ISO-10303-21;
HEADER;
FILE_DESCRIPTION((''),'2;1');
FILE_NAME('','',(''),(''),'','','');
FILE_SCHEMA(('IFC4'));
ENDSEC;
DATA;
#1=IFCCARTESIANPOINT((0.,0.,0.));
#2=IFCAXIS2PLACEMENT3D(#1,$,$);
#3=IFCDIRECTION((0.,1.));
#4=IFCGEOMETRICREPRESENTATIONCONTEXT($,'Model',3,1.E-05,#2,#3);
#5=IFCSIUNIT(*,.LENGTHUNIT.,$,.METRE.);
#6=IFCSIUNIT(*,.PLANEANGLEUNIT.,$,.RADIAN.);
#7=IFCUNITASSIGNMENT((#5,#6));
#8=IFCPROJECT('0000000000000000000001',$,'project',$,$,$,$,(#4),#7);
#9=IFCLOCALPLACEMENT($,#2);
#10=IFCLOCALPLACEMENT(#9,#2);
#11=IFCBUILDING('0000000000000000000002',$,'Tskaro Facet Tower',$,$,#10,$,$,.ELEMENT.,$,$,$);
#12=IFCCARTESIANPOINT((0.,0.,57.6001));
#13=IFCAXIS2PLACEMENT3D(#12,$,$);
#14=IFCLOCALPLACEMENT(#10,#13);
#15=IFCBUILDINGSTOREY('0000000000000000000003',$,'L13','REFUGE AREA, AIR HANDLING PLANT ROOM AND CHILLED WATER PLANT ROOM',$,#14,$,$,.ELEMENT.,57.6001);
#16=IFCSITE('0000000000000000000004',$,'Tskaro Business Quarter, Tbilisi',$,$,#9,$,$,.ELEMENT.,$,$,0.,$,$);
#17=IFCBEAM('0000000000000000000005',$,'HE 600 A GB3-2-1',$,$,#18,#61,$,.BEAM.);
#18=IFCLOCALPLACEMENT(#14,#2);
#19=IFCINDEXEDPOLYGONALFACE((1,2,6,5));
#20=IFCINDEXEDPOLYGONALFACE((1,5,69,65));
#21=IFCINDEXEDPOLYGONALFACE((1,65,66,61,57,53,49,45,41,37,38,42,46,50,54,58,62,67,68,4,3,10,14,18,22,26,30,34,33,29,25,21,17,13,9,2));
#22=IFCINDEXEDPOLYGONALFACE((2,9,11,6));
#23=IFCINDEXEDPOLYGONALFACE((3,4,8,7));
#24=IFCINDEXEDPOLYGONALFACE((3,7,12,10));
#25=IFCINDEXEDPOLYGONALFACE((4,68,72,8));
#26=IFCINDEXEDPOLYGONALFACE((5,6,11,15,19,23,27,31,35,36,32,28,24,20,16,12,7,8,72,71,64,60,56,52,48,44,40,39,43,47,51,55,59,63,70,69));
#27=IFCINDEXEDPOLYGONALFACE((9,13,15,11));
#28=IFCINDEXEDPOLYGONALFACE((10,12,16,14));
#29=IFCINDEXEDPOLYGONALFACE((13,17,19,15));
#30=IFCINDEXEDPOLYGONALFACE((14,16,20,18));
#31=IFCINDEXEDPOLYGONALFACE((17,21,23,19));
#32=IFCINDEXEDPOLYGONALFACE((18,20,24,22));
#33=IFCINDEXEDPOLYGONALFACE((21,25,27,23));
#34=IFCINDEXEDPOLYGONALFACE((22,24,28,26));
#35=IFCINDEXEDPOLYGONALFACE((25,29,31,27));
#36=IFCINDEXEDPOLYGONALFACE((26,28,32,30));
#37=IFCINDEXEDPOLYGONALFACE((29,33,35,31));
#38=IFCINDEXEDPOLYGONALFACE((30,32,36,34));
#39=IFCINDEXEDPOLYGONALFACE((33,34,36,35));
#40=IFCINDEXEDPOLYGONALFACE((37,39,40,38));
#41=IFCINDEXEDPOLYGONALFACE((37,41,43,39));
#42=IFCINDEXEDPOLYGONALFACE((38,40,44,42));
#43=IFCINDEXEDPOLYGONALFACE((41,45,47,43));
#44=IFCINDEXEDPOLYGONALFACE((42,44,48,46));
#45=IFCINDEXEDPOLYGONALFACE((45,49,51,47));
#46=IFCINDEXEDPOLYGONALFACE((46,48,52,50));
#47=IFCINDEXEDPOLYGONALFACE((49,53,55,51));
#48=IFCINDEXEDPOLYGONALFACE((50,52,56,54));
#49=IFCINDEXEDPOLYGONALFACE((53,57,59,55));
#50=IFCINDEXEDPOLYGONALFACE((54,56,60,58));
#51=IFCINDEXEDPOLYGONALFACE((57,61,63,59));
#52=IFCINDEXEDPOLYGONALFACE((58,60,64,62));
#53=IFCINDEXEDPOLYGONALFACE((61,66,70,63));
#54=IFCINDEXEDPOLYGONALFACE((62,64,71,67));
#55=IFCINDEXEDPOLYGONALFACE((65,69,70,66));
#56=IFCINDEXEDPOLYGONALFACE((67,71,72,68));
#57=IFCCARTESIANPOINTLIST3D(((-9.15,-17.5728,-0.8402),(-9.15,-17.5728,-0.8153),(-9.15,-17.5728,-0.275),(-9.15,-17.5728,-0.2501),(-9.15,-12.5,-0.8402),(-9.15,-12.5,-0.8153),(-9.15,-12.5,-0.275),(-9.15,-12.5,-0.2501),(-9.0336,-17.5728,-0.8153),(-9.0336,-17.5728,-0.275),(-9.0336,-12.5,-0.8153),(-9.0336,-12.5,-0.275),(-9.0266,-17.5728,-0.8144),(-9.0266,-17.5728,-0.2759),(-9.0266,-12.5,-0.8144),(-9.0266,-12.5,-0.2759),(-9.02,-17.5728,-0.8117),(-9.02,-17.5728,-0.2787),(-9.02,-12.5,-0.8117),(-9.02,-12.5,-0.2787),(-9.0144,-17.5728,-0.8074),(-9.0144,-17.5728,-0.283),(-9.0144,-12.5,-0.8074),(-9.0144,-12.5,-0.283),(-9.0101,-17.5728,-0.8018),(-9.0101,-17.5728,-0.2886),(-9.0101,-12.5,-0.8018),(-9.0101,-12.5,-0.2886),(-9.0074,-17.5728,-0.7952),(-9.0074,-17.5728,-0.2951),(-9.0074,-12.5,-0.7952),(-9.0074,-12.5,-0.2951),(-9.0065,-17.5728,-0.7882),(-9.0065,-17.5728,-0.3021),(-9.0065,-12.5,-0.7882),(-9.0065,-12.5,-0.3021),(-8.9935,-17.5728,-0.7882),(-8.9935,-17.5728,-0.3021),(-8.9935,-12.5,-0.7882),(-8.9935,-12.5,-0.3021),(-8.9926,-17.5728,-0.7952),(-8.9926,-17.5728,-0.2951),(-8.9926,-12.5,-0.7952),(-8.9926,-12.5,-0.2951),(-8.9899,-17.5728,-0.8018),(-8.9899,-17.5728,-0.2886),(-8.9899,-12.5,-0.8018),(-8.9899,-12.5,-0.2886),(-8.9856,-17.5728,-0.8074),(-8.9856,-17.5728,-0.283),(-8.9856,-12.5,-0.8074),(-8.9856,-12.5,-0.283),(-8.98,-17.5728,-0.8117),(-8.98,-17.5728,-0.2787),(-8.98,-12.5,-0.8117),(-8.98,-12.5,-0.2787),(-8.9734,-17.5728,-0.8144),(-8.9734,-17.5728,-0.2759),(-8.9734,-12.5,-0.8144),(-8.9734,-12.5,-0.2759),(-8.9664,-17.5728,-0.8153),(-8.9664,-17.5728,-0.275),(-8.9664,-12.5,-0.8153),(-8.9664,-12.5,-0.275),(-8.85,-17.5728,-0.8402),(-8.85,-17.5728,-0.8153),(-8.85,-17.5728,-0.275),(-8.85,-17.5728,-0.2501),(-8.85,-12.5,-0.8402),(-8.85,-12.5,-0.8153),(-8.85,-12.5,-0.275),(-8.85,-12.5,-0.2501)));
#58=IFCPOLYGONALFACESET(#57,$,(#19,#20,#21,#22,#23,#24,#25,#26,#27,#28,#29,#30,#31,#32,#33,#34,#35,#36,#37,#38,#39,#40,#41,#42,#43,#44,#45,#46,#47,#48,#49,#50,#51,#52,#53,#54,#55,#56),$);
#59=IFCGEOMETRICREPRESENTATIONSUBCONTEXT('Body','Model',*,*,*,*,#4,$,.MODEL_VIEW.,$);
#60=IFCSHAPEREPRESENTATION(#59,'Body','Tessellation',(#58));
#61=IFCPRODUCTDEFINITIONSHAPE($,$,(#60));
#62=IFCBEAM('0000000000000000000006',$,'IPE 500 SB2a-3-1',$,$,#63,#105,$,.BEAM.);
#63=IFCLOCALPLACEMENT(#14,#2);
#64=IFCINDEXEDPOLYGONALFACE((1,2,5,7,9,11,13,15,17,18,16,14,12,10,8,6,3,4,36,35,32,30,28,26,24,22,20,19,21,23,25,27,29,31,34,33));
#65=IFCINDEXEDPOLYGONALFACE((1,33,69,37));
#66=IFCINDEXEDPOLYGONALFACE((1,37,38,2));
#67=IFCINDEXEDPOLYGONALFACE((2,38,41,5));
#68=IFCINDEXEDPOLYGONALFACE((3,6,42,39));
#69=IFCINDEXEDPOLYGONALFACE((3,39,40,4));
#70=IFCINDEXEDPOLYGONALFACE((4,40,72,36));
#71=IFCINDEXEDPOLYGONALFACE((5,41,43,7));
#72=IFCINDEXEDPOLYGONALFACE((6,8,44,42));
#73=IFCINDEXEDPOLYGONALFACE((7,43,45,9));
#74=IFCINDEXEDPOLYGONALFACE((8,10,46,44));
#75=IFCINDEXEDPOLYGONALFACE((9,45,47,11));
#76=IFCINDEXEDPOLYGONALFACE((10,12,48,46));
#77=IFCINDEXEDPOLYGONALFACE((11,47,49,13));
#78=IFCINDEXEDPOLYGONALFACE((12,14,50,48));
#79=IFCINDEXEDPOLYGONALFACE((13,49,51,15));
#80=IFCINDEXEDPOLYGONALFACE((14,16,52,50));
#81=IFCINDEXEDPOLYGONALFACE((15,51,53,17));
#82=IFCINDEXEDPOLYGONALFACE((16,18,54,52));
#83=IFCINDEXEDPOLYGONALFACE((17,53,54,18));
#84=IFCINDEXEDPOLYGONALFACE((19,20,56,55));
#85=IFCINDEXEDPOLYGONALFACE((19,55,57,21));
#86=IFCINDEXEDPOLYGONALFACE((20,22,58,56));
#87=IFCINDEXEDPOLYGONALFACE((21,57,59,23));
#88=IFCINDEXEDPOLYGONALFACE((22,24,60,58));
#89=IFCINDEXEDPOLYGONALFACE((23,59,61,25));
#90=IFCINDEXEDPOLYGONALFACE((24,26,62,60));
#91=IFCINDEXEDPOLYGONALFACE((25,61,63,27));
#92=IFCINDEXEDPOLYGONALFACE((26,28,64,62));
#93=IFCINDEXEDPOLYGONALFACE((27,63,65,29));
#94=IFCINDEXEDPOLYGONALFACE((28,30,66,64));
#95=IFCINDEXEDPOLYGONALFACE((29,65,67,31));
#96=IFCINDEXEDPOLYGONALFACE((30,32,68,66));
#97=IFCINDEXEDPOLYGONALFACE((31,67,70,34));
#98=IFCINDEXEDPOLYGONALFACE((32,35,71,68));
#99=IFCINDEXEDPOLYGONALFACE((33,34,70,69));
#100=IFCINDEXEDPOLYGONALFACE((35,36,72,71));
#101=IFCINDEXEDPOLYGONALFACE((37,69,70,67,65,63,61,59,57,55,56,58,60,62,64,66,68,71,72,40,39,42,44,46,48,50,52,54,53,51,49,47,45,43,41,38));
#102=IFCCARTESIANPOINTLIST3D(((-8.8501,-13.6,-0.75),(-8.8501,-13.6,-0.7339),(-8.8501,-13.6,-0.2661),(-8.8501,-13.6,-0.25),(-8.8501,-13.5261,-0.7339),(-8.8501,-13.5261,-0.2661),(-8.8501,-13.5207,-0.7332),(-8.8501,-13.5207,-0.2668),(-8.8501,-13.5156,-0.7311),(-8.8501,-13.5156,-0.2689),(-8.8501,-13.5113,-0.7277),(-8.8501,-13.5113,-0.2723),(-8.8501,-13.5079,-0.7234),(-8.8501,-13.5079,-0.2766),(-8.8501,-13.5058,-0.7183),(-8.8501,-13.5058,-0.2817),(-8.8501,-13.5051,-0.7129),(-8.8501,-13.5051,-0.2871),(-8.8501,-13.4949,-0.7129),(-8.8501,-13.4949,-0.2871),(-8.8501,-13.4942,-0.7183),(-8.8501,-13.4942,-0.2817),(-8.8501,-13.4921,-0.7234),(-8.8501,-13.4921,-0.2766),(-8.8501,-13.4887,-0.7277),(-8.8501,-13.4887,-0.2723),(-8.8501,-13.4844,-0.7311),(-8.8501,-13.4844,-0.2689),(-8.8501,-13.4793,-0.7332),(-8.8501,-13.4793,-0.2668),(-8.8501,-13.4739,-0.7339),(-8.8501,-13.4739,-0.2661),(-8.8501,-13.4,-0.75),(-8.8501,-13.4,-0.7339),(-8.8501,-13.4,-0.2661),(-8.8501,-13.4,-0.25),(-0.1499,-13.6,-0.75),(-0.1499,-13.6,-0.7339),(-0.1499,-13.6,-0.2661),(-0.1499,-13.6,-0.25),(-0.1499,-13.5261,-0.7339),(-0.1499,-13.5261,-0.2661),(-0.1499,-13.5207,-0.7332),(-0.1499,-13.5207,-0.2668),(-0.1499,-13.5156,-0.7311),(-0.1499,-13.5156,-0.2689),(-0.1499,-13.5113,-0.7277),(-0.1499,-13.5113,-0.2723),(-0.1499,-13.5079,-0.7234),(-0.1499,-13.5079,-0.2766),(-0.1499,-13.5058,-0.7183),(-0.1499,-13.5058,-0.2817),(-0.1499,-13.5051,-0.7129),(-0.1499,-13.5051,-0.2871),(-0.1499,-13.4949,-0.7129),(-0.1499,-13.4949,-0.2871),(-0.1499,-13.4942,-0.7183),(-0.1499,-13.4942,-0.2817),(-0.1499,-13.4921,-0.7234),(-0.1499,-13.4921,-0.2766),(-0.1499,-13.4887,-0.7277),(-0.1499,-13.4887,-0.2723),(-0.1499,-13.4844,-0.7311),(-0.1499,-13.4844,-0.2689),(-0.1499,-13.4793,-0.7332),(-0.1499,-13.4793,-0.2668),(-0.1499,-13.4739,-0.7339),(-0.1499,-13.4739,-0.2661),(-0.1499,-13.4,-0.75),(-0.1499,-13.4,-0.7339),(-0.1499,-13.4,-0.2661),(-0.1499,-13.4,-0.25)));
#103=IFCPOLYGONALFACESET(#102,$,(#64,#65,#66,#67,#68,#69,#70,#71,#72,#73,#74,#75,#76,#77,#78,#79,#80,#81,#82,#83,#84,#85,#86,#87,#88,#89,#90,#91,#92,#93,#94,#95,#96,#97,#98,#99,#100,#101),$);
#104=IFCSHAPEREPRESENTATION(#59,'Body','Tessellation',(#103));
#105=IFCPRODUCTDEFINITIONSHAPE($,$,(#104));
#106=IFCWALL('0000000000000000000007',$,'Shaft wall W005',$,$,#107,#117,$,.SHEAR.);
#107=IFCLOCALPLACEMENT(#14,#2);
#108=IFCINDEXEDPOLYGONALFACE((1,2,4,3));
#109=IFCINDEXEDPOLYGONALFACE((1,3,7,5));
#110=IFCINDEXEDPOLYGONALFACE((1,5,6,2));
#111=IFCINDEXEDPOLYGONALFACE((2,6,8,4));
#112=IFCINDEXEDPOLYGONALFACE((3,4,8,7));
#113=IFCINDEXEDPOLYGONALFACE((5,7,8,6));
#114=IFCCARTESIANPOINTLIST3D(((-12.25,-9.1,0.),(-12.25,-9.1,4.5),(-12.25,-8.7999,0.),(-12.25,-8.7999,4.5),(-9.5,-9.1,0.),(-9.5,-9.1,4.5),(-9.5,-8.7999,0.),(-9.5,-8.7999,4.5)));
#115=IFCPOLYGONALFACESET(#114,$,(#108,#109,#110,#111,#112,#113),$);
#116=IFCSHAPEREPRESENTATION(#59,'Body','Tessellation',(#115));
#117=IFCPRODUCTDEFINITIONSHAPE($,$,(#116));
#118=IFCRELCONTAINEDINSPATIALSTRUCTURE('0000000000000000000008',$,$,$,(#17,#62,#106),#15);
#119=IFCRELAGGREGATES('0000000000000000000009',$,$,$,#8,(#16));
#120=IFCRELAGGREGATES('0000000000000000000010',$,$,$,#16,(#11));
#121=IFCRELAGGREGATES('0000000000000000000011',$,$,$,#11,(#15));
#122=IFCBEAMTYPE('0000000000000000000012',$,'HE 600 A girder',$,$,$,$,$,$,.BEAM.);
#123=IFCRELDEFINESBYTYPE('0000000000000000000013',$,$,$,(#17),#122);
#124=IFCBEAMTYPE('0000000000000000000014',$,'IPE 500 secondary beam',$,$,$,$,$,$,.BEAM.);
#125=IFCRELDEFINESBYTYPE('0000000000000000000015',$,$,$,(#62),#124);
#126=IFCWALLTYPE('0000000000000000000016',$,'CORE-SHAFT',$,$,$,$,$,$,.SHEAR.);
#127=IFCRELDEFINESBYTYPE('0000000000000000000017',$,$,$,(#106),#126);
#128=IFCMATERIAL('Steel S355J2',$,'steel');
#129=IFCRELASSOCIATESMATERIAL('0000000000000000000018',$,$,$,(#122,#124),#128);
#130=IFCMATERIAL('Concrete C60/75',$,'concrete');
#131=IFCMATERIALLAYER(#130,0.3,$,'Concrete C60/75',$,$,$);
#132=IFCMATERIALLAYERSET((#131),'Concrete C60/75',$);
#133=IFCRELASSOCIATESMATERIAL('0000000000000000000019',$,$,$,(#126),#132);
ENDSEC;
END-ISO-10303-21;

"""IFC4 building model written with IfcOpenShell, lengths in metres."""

from ifc_helpers import new_model, si_unit, direction, frame, frame_2d, origin, origin_2d, place, context, subcontext, project, spatial, rectangle, i_section, extrude, material, layer, layer_set, material_profile, profile_set, type_object, element, save


model = new_model("IFC4")

# Units and contexts
model_context = context("Model", 3, precision=1e-05, world=origin(), true_north=direction((0.0, 1.0)))
body_context = subcontext(model_context, "Body", "Model", "MODEL_VIEW")
ifc_project = project(units=[si_unit("LENGTHUNIT", "METRE"), si_unit("PLANEANGLEUNIT", "RADIAN")], contexts=[model_context])

# Site, building, storey
site_placement = place(None, origin())
site = spatial("IfcSite", under=ifc_project, at=site_placement, Name="Tskaro Business Quarter, Tbilisi", CompositionType="ELEMENT", RefElevation=0.0)
building_placement = place(site_placement, origin())
building = spatial("IfcBuilding", under=site, at=building_placement, Name="Tskaro Facet Tower", CompositionType="ELEMENT")
storey_placement = place(building_placement, frame((0.0, 0.0, 57.6001)))
storey = spatial("IfcBuildingStorey", under=building, at=storey_placement, Name="L13", Description="REFUGE AREA, AIR HANDLING PLANT ROOM AND CHILLED WATER PLANT ROOM", CompositionType="ELEMENT", Elevation=57.6001)

# Beams
ifc_material_1 = material(Name="Steel S355J2", Category="steel")
ifc_material_profile_1 = material_profile(ifc_material_1, i_section(OverallWidth=0.3, OverallDepth=0.5901, WebThickness=0.0129, FlangeThickness=0.0249, FilletRadius=0.0271, at=origin_2d()), Name="HE 600 A")
ifc_profile_set_1 = profile_set([ifc_material_profile_1], Name="Steel S355J2")
beam_type_1 = type_object("IfcBeamType", Name="HE 600 A girder", PredefinedType="BEAM", material=ifc_profile_set_1)
beam_1_placement = place(storey_placement, frame((-9.0, -17.5728, -0.5452), z_axis=(0.0, 1.0, 0.0), x_axis=(-1.0, 0.0, 0.0)))
element("IfcBeam", 1, at=beam_1_placement, inside=storey, type_object=beam_type_1, Name="HE 600 A GB3-2-1", PredefinedType="BEAM", context=body_context, shape_type="SweptSolid", body=[
    extrude(i_section(OverallWidth=0.3, OverallDepth=0.5901, WebThickness=0.0129, FlangeThickness=0.0249, FilletRadius=0.0271, at=origin_2d()), origin(), (0.0, 0.0, 1.0), 5.0728),
])
ifc_material_profile_2 = material_profile(ifc_material_1, i_section(OverallWidth=0.2, OverallDepth=0.5, WebThickness=0.0103, FlangeThickness=0.0161, FilletRadius=0.021, at=origin_2d()), Name="IPE 500")
ifc_profile_set_2 = profile_set([ifc_material_profile_2], Name="Steel S355J2")
beam_type_2 = type_object("IfcBeamType", Name="IPE 500 secondary beam", PredefinedType="BEAM", material=ifc_profile_set_2)
beam_2_placement = place(storey_placement, frame((-8.8501, -13.5, -0.5), z_axis=(1.0, 0.0, 0.0), x_axis=(0.0, 1.0, 0.0)))
element("IfcBeam", 2, at=beam_2_placement, inside=storey, type_object=beam_type_2, Name="IPE 500 SB2a-3-1", PredefinedType="BEAM", context=body_context, shape_type="SweptSolid", body=[
    extrude(i_section(OverallWidth=0.2, OverallDepth=0.5, WebThickness=0.0103, FlangeThickness=0.0161, FilletRadius=0.021, at=origin_2d()), origin(), (0.0, 0.0, 1.0), 8.7002),
])

# Wall
ifc_material_2 = material(Name="Concrete C60/75", Category="concrete")
ifc_layer_1 = layer(ifc_material_2, 0.3, Name="Concrete C60/75")
ifc_layer_set_1 = layer_set([ifc_layer_1], Name="Concrete C60/75")
wall_type_1 = type_object("IfcWallType", Name="CORE-SHAFT", PredefinedType="SHEAR", material=ifc_layer_set_1)
wall_1_placement = place(storey_placement, frame((-12.25, -8.95, 0.0), z_axis=(0.0, 0.0, 1.0), x_axis=(1.0, 0.0, 0.0)))
element("IfcWall", 3, at=wall_1_placement, inside=storey, type_object=wall_type_1, Name="Shaft wall W005", PredefinedType="SHEAR", context=body_context, shape_type="SweptSolid", body=[
    extrude(rectangle(XDim=2.75, YDim=0.3, at=frame_2d((1.375, 0.0))), origin(), (0.0, 0.0, 1.0), 4.5),
])

save(model, "model.ifc")
